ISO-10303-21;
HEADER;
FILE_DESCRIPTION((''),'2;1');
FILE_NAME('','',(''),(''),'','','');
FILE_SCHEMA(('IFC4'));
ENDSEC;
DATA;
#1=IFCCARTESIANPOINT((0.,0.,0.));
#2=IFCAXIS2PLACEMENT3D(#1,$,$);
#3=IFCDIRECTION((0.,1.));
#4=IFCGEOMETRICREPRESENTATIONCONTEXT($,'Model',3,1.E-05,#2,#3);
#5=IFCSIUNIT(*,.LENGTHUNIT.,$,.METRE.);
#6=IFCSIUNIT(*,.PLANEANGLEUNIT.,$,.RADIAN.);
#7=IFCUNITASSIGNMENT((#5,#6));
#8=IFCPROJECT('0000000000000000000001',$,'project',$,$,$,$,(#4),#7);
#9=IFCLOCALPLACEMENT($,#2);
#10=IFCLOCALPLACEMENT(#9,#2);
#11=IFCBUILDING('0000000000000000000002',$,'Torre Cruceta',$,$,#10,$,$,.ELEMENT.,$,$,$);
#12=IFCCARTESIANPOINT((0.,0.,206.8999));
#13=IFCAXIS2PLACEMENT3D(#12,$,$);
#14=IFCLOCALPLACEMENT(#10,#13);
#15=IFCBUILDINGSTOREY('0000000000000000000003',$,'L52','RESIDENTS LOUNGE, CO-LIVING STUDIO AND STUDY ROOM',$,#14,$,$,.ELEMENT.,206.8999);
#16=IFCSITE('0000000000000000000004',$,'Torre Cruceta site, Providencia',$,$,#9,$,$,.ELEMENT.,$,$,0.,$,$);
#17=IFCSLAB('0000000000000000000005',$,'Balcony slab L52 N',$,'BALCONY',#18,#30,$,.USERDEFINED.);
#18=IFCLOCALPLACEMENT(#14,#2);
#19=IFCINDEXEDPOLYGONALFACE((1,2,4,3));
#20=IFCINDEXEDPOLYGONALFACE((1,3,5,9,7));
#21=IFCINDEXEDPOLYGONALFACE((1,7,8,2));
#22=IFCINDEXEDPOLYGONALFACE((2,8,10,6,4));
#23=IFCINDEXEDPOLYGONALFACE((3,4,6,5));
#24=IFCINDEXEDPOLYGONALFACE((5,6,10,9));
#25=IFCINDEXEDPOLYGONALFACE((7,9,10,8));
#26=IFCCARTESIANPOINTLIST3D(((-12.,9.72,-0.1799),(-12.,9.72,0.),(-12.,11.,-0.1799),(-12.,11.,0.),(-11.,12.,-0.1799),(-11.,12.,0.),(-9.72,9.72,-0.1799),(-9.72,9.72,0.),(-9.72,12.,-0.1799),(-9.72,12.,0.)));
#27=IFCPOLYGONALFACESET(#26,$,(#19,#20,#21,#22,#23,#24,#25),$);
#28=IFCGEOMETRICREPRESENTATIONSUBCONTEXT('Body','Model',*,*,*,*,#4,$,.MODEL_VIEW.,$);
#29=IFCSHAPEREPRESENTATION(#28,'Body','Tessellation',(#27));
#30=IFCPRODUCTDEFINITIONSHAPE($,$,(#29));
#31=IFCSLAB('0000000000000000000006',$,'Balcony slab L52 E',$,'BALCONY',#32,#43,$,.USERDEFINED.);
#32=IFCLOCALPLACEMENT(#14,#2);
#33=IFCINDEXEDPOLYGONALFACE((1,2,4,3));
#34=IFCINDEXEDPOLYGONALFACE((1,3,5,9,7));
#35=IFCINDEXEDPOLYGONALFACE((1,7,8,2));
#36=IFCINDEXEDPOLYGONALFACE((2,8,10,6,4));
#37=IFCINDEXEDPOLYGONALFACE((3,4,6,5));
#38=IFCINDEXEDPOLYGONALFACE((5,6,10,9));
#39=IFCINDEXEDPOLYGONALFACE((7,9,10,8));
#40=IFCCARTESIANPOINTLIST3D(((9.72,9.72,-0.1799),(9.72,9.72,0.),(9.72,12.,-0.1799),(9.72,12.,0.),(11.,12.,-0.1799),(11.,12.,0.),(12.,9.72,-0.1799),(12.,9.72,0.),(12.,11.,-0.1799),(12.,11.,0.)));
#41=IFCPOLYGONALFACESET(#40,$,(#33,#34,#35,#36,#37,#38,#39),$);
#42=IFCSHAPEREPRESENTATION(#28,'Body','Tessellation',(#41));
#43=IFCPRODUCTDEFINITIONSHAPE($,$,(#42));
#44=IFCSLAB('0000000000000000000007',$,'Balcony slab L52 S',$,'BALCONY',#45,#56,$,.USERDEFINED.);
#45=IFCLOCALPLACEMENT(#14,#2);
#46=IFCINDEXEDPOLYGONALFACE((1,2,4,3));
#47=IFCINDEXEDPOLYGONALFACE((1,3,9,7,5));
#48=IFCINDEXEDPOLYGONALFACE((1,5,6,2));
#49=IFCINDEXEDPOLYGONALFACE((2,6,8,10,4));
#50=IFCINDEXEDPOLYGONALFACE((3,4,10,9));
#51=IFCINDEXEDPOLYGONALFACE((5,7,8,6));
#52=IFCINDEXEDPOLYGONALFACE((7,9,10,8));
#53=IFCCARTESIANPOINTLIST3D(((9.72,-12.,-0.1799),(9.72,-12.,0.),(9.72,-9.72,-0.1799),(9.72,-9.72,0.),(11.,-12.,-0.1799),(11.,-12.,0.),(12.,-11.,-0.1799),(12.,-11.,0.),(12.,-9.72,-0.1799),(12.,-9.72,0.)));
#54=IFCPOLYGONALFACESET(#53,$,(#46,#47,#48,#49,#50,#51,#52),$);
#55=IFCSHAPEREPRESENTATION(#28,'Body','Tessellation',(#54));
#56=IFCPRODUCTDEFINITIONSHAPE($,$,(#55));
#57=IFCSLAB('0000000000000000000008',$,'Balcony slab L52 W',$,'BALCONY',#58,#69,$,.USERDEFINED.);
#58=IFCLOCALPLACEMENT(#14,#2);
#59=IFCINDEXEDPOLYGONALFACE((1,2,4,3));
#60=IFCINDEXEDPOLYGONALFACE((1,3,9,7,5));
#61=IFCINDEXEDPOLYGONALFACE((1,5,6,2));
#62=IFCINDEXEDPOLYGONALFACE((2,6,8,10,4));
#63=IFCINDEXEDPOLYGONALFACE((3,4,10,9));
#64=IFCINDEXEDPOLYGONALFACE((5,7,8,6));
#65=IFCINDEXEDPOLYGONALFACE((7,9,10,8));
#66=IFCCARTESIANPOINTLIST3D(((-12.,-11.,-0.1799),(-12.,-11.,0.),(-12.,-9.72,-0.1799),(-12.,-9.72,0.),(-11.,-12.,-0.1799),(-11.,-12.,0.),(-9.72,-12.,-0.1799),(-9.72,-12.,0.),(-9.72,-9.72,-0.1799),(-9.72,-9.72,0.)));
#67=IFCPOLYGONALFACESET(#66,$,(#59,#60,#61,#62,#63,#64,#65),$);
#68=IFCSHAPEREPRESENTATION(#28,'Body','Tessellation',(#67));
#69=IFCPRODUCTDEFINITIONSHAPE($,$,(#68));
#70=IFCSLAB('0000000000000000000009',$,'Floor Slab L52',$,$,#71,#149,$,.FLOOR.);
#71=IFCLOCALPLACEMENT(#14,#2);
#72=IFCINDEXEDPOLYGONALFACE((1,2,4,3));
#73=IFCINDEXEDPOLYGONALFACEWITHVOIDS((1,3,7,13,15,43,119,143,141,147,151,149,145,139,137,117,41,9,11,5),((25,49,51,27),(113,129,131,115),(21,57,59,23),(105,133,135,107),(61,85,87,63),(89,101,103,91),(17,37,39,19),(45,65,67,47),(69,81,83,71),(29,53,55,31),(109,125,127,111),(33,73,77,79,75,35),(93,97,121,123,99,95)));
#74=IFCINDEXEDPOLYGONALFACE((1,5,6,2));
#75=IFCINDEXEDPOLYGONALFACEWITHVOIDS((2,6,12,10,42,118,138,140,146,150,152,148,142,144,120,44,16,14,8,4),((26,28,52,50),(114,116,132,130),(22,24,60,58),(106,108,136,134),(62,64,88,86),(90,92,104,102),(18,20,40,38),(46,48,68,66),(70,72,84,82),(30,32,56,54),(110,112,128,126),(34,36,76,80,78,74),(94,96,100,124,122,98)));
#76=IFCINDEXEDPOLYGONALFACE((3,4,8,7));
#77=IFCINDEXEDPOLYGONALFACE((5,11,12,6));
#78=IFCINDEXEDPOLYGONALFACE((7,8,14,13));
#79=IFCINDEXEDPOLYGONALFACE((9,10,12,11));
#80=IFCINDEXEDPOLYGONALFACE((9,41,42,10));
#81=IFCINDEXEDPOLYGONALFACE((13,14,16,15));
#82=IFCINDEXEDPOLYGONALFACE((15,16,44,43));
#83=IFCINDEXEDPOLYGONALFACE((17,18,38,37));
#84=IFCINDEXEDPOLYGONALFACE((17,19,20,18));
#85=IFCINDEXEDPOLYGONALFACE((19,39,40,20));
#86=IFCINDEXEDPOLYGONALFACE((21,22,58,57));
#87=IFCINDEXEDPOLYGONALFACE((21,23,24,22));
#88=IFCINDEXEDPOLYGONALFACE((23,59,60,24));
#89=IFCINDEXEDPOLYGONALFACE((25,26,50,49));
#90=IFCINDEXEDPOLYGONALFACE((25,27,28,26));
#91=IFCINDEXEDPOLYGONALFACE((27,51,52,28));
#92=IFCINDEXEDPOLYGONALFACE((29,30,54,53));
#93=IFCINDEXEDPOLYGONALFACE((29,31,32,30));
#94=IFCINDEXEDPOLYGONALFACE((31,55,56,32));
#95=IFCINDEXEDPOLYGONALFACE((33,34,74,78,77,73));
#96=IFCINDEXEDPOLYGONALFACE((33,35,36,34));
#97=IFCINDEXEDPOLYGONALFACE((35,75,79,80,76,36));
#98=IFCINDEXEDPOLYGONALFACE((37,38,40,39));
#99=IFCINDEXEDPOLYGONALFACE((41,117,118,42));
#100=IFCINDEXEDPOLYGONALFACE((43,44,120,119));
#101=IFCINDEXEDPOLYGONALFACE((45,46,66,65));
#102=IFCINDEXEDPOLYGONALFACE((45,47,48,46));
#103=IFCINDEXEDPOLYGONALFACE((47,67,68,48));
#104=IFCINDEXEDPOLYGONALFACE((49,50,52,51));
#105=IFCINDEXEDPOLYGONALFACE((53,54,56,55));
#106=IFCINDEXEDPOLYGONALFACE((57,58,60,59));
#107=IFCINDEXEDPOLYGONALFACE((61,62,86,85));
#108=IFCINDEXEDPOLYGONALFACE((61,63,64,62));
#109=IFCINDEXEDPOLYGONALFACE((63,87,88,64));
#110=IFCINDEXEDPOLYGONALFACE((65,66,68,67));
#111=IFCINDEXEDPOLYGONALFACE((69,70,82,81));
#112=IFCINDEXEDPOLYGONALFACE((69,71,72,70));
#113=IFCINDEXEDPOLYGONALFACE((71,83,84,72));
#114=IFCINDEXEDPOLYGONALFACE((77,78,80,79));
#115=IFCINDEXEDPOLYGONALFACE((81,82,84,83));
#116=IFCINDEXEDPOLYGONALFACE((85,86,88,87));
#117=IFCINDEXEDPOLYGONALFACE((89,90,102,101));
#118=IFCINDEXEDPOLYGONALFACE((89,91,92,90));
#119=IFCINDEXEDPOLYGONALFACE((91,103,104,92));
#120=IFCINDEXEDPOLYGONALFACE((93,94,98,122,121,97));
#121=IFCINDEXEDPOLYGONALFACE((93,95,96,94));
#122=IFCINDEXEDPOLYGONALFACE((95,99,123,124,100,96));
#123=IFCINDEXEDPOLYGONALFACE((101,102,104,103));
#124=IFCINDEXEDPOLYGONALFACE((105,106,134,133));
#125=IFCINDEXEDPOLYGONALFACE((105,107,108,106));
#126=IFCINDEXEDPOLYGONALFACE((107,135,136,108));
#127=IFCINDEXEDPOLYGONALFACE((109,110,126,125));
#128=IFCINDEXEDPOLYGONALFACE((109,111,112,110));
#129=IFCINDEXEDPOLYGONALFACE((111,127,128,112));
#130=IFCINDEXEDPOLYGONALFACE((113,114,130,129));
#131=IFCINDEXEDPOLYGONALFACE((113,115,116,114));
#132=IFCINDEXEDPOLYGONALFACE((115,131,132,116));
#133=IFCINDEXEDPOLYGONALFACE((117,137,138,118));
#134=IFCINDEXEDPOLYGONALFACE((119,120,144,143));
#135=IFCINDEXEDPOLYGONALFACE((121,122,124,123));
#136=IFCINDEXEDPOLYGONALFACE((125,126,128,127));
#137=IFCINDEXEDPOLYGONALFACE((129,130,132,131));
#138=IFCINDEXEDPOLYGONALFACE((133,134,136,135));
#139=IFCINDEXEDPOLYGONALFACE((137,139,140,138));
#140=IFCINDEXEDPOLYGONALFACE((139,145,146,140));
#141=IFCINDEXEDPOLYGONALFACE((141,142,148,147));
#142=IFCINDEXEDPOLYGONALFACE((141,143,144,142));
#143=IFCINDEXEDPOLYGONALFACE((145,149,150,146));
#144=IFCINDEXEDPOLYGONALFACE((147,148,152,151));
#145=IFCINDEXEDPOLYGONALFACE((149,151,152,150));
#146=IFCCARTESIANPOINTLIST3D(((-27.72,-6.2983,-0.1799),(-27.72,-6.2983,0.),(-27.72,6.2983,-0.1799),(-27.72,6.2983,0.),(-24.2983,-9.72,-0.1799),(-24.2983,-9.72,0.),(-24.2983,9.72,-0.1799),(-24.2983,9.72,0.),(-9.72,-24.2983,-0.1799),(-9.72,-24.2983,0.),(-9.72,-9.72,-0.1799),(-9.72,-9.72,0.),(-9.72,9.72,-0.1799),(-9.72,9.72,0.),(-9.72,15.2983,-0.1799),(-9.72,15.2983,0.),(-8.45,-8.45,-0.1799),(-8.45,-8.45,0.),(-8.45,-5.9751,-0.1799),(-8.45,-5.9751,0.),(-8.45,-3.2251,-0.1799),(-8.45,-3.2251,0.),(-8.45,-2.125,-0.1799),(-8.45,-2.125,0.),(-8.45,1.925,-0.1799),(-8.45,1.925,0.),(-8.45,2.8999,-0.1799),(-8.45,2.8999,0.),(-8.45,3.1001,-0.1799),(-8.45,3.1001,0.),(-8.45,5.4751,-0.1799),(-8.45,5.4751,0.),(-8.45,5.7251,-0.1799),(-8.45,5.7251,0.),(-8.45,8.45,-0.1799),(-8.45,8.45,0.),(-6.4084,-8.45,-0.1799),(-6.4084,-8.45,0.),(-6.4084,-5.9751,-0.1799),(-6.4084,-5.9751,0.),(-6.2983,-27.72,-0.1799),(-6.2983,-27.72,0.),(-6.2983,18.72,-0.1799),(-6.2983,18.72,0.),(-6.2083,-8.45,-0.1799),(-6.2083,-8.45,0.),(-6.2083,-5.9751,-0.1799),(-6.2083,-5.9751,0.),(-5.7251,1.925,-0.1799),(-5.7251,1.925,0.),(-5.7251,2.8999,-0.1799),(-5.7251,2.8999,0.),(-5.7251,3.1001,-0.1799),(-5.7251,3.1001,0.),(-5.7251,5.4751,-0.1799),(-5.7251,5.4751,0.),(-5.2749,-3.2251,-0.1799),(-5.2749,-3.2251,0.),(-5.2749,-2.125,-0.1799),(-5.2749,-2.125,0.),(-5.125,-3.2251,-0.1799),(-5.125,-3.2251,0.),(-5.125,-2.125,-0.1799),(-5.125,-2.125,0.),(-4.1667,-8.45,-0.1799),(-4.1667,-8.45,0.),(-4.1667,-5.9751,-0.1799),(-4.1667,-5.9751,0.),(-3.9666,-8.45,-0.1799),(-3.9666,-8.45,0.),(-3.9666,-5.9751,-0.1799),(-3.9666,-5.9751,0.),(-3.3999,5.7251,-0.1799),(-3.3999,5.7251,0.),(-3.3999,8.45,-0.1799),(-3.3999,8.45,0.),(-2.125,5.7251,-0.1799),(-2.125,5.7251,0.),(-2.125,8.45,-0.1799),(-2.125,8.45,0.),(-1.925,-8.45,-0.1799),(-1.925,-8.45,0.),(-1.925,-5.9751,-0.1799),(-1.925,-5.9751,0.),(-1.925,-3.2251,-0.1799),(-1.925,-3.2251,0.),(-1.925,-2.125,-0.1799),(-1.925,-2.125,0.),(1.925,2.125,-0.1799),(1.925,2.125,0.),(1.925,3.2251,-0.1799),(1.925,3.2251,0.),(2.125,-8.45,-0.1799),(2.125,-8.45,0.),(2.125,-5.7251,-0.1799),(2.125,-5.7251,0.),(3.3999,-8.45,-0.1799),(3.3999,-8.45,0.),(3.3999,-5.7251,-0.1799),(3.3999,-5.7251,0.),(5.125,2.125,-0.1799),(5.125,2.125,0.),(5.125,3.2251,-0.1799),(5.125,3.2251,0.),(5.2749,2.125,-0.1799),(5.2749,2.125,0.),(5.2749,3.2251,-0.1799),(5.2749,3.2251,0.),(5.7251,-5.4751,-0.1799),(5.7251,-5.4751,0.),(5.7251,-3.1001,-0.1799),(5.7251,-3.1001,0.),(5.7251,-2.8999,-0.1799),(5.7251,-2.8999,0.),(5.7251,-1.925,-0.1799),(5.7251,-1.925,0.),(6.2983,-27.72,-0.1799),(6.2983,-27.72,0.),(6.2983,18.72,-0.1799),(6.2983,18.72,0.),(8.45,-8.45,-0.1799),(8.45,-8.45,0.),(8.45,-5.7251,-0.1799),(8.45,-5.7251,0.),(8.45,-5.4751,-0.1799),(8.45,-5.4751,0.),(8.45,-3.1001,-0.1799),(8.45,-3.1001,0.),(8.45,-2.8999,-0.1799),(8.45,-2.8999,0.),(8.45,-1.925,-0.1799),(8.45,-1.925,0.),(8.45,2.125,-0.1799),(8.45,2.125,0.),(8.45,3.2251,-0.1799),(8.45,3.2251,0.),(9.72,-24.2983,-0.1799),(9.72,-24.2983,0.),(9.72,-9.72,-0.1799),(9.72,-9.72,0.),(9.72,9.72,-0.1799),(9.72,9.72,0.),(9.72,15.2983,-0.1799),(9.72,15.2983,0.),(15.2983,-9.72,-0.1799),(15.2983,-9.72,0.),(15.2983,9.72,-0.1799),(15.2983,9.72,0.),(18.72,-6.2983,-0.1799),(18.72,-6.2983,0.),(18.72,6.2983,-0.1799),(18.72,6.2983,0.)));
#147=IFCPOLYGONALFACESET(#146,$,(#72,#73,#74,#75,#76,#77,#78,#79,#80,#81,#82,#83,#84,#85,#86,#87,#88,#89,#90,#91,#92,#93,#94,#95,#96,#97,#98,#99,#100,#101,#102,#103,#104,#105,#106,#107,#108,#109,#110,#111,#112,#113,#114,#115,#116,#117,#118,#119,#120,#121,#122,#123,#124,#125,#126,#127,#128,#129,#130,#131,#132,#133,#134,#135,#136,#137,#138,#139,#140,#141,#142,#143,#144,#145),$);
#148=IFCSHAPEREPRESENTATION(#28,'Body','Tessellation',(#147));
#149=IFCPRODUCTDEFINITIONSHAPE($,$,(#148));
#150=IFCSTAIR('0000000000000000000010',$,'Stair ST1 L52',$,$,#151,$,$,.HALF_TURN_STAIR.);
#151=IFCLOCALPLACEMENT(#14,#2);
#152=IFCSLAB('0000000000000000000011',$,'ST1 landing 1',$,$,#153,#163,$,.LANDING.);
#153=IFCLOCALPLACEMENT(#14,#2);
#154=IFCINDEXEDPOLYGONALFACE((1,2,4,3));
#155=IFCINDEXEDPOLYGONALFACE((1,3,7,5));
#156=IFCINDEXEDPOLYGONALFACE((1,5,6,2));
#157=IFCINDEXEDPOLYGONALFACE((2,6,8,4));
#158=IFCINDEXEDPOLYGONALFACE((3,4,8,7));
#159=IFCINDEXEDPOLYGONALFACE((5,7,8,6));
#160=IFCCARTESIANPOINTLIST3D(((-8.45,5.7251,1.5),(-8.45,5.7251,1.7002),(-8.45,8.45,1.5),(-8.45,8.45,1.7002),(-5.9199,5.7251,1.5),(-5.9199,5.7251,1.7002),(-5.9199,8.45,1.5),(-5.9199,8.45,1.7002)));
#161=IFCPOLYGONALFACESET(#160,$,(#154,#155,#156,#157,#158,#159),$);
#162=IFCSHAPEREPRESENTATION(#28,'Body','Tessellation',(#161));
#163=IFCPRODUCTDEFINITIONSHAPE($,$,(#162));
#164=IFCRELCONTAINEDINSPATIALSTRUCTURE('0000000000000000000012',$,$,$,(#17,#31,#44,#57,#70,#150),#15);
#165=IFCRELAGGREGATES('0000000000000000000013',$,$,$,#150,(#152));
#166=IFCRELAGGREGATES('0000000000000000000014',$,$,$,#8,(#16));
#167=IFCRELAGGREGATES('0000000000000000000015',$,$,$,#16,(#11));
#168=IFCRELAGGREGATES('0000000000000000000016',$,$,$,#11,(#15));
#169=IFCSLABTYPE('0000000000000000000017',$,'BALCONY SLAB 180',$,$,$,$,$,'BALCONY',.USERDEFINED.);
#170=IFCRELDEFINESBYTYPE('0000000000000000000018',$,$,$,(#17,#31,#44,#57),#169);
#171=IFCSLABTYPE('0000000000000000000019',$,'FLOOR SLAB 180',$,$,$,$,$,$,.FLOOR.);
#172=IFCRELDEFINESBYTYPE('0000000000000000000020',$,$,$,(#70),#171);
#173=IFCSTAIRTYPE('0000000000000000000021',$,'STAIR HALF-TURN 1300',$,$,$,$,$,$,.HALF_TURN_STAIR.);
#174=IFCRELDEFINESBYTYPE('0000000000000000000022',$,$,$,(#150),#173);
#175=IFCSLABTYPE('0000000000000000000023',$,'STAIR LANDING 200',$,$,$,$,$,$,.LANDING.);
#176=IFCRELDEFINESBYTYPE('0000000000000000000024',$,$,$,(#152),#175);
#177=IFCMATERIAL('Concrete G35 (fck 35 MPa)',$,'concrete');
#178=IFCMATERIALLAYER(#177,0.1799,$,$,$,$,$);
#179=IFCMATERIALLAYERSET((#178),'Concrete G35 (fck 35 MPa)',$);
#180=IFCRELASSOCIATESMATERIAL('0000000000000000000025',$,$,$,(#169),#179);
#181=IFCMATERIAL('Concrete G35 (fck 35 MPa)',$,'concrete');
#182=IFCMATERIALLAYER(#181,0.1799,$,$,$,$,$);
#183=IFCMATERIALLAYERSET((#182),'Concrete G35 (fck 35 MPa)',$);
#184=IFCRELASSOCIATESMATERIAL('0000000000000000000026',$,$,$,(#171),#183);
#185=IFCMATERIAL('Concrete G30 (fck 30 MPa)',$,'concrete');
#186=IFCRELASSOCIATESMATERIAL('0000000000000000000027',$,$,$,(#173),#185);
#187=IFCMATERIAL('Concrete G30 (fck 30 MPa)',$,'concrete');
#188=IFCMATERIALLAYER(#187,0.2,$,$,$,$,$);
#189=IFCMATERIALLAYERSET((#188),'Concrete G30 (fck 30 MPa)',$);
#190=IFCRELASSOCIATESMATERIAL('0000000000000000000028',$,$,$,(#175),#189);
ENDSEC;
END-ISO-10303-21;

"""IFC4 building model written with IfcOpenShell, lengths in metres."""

from ifc_helpers import new_model, si_unit, direction, frame, origin, place, context, subcontext, project, spatial, polyline, outline, extrude, material, layer, layer_set, type_object, element, aggregate, save


model = new_model("IFC4")

# Units and contexts
model_context = context("Model", 3, precision=1e-05, world=origin(), true_north=direction((0.0, 1.0)))
body_context = subcontext(model_context, "Body", "Model", "MODEL_VIEW")
ifc_project = project(units=[si_unit("LENGTHUNIT", "METRE"), si_unit("PLANEANGLEUNIT", "RADIAN")], contexts=[model_context])

# Site, building, storey
site_placement = place(None, origin())
site = spatial("IfcSite", under=ifc_project, at=site_placement, Name="Torre Cruceta site, Providencia", CompositionType="ELEMENT", RefElevation=0.0)
building_placement = place(site_placement, origin())
building = spatial("IfcBuilding", under=site, at=building_placement, Name="Torre Cruceta", CompositionType="ELEMENT")
storey_placement = place(building_placement, frame((0.0, 0.0, 206.8999)))
storey = spatial("IfcBuildingStorey", under=building, at=storey_placement, Name="L52", Description="RESIDENTS LOUNGE, CO-LIVING STUDIO AND STUDY ROOM", CompositionType="ELEMENT", Elevation=206.8999)

# Slabs
ifc_material_1 = material(Name="Concrete G35 (fck 35 MPa)", Category="concrete")
ifc_layer_1 = layer(ifc_material_1, 0.1799)
ifc_layer_set_1 = layer_set([ifc_layer_1], Name="Concrete G35 (fck 35 MPa)")
slab_type_1 = type_object("IfcSlabType", Name="BALCONY SLAB 180", ElementType="BALCONY", PredefinedType="USERDEFINED", material=ifc_layer_set_1)
slab_1_placement = place(storey_placement, frame((0.0, 0.0, -0.1799)))
element("IfcSlab", 1, at=slab_1_placement, inside=storey, type_object=slab_type_1, Name="Balcony slab L52 N", ObjectType="BALCONY", PredefinedType="USERDEFINED", context=body_context, shape_type="SweptSolid", body=[
    extrude(outline(polyline([(-12.0, 11.0), (-11.0, 12.0), (-9.72, 12.0), (-9.72, 9.72), (-12.0, 9.72), (-12.0, 11.0)])), origin(), (0.0, 0.0, 1.0), 0.1799),
])
slab_2_placement = place(storey_placement, frame((0.0, 0.0, -0.1799)))
element("IfcSlab", 2, at=slab_2_placement, inside=storey, type_object=slab_type_1, Name="Balcony slab L52 E", ObjectType="BALCONY", PredefinedType="USERDEFINED", context=body_context, shape_type="SweptSolid", body=[
    extrude(outline(polyline([(11.0, 12.0), (12.0, 11.0), (12.0, 9.72), (9.72, 9.72), (9.72, 12.0), (11.0, 12.0)])), origin(), (0.0, 0.0, 1.0), 0.1799),
])
slab_3_placement = place(storey_placement, frame((0.0, 0.0, -0.1799)))
element("IfcSlab", 3, at=slab_3_placement, inside=storey, type_object=slab_type_1, Name="Balcony slab L52 S", ObjectType="BALCONY", PredefinedType="USERDEFINED", context=body_context, shape_type="SweptSolid", body=[
    extrude(outline(polyline([(12.0, -11.0), (11.0, -12.0), (9.72, -12.0), (9.72, -9.72), (12.0, -9.72), (12.0, -11.0)])), origin(), (0.0, 0.0, 1.0), 0.1799),
])
slab_4_placement = place(storey_placement, frame((0.0, 0.0, -0.1799)))
element("IfcSlab", 4, at=slab_4_placement, inside=storey, type_object=slab_type_1, Name="Balcony slab L52 W", ObjectType="BALCONY", PredefinedType="USERDEFINED", context=body_context, shape_type="SweptSolid", body=[
    extrude(outline(polyline([(-11.0, -12.0), (-12.0, -11.0), (-12.0, -9.72), (-9.72, -9.72), (-9.72, -12.0), (-11.0, -12.0)])), origin(), (0.0, 0.0, 1.0), 0.1799),
])
ifc_material_2 = material(Name="Concrete G35 (fck 35 MPa)", Category="concrete")
ifc_layer_2 = layer(ifc_material_2, 0.1799)
ifc_layer_set_2 = layer_set([ifc_layer_2], Name="Concrete G35 (fck 35 MPa)")
slab_type_2 = type_object("IfcSlabType", Name="FLOOR SLAB 180", PredefinedType="FLOOR", material=ifc_layer_set_2)
slab_5_placement = place(storey_placement, frame((0.0, 0.0, -0.1799)))
element("IfcSlab", 5, at=slab_5_placement, inside=storey, type_object=slab_type_2, Name="Floor Slab L52", PredefinedType="FLOOR", context=body_context, shape_type="SweptSolid", body=[
    extrude(outline(polyline([(9.72, -9.72), (9.72, -24.2983), (6.2983, -27.72), (-6.2983, -27.72), (-9.72, -24.2983), (-9.72, -9.72), (-24.2983, -9.72), (-27.72, -6.2983), (-27.72, 6.2983), (-24.2983, 9.72), (-9.72, 9.72), (-9.72, 15.2983), (-6.2983, 18.72), (6.2983, 18.72), (9.72, 15.2983), (9.72, 9.72), (15.2983, 9.72), (18.72, 6.2983), (18.72, -6.2983), (15.2983, -9.72), (9.72, -9.72)]), holes=[polyline([(1.925, 2.125), (5.125, 2.125), (5.125, 3.2251), (1.925, 3.2251), (1.925, 2.125)]), polyline([(5.2749, 2.125), (8.45, 2.125), (8.45, 3.2251), (5.2749, 3.2251), (5.2749, 2.125)]), polyline([(-8.45, 3.1001), (-5.7251, 3.1001), (-5.7251, 5.4751), (-8.45, 5.4751), (-8.45, 3.1001)]), polyline([(-8.45, 1.925), (-5.7251, 1.925), (-5.7251, 2.8999), (-8.45, 2.8999), (-8.45, 1.925)]), polyline([(-3.9666, -8.45), (-1.925, -8.45), (-1.925, -5.9751), (-3.9666, -5.9751), (-3.9666, -8.45)]), polyline([(-6.2083, -8.45), (-4.1667, -8.45), (-4.1667, -5.9751), (-6.2083, -5.9751), (-6.2083, -8.45)]), polyline([(-8.45, -8.45), (-6.4084, -8.45), (-6.4084, -5.9751), (-8.45, -5.9751), (-8.45, -8.45)]), polyline([(-5.125, -3.2251), (-1.925, -3.2251), (-1.925, -2.125), (-5.125, -2.125), (-5.125, -3.2251)]), polyline([(-8.45, -3.2251), (-5.2749, -3.2251), (-5.2749, -2.125), (-8.45, -2.125), (-8.45, -3.2251)]), polyline([(5.7251, -5.4751), (8.45, -5.4751), (8.45, -3.1001), (5.7251, -3.1001), (5.7251, -5.4751)]), polyline([(5.7251, -2.8999), (8.45, -2.8999), (8.45, -1.925), (5.7251, -1.925), (5.7251, -2.8999)]), polyline([(-8.45, 5.7251), (-8.45, 8.45), (-3.3999, 8.45), (-2.125, 8.45), (-2.125, 5.7251), (-3.3999, 5.7251), (-8.45, 5.7251)]), polyline([(2.125, -5.7251), (3.3999, -5.7251), (8.45, -5.7251), (8.45, -8.45), (3.3999, -8.45), (2.125, -8.45), (2.125, -5.7251)])]), origin(), (0.0, 0.0, 1.0), 0.1799),
])

# Stair, slab
ifc_material_3 = material(Name="Concrete G30 (fck 30 MPa)", Category="concrete")
stair_type = type_object("IfcStairType", Name="STAIR HALF-TURN 1300", PredefinedType="HALF_TURN_STAIR", material=ifc_material_3)
stair_placement = place(storey_placement, origin())
stair = element("IfcStair", 6, at=stair_placement, inside=storey, type_object=stair_type, Name="Stair ST1 L52", PredefinedType="HALF_TURN_STAIR")
ifc_material_4 = material(Name="Concrete G30 (fck 30 MPa)", Category="concrete")
ifc_layer_3 = layer(ifc_material_4, 0.2)
ifc_layer_set_3 = layer_set([ifc_layer_3], Name="Concrete G30 (fck 30 MPa)")
slab_type_3 = type_object("IfcSlabType", Name="STAIR LANDING 200", PredefinedType="LANDING", material=ifc_layer_set_3)
slab_6_placement = place(storey_placement, frame((0.0, 0.0, 1.5)))
slab_6 = element("IfcSlab", 7, at=slab_6_placement, type_object=slab_type_3, Name="ST1 landing 1", PredefinedType="LANDING", context=body_context, shape_type="SweptSolid", body=[
    extrude(outline(polyline([(-8.45, 5.7251), (-5.9199, 5.7251), (-5.9199, 8.45), (-8.45, 8.45), (-8.45, 5.7251)])), origin(), (0.0, 0.0, 1.0), 0.2002),
])

aggregate(stair, [slab_6])

save(model, "model.ifc")
